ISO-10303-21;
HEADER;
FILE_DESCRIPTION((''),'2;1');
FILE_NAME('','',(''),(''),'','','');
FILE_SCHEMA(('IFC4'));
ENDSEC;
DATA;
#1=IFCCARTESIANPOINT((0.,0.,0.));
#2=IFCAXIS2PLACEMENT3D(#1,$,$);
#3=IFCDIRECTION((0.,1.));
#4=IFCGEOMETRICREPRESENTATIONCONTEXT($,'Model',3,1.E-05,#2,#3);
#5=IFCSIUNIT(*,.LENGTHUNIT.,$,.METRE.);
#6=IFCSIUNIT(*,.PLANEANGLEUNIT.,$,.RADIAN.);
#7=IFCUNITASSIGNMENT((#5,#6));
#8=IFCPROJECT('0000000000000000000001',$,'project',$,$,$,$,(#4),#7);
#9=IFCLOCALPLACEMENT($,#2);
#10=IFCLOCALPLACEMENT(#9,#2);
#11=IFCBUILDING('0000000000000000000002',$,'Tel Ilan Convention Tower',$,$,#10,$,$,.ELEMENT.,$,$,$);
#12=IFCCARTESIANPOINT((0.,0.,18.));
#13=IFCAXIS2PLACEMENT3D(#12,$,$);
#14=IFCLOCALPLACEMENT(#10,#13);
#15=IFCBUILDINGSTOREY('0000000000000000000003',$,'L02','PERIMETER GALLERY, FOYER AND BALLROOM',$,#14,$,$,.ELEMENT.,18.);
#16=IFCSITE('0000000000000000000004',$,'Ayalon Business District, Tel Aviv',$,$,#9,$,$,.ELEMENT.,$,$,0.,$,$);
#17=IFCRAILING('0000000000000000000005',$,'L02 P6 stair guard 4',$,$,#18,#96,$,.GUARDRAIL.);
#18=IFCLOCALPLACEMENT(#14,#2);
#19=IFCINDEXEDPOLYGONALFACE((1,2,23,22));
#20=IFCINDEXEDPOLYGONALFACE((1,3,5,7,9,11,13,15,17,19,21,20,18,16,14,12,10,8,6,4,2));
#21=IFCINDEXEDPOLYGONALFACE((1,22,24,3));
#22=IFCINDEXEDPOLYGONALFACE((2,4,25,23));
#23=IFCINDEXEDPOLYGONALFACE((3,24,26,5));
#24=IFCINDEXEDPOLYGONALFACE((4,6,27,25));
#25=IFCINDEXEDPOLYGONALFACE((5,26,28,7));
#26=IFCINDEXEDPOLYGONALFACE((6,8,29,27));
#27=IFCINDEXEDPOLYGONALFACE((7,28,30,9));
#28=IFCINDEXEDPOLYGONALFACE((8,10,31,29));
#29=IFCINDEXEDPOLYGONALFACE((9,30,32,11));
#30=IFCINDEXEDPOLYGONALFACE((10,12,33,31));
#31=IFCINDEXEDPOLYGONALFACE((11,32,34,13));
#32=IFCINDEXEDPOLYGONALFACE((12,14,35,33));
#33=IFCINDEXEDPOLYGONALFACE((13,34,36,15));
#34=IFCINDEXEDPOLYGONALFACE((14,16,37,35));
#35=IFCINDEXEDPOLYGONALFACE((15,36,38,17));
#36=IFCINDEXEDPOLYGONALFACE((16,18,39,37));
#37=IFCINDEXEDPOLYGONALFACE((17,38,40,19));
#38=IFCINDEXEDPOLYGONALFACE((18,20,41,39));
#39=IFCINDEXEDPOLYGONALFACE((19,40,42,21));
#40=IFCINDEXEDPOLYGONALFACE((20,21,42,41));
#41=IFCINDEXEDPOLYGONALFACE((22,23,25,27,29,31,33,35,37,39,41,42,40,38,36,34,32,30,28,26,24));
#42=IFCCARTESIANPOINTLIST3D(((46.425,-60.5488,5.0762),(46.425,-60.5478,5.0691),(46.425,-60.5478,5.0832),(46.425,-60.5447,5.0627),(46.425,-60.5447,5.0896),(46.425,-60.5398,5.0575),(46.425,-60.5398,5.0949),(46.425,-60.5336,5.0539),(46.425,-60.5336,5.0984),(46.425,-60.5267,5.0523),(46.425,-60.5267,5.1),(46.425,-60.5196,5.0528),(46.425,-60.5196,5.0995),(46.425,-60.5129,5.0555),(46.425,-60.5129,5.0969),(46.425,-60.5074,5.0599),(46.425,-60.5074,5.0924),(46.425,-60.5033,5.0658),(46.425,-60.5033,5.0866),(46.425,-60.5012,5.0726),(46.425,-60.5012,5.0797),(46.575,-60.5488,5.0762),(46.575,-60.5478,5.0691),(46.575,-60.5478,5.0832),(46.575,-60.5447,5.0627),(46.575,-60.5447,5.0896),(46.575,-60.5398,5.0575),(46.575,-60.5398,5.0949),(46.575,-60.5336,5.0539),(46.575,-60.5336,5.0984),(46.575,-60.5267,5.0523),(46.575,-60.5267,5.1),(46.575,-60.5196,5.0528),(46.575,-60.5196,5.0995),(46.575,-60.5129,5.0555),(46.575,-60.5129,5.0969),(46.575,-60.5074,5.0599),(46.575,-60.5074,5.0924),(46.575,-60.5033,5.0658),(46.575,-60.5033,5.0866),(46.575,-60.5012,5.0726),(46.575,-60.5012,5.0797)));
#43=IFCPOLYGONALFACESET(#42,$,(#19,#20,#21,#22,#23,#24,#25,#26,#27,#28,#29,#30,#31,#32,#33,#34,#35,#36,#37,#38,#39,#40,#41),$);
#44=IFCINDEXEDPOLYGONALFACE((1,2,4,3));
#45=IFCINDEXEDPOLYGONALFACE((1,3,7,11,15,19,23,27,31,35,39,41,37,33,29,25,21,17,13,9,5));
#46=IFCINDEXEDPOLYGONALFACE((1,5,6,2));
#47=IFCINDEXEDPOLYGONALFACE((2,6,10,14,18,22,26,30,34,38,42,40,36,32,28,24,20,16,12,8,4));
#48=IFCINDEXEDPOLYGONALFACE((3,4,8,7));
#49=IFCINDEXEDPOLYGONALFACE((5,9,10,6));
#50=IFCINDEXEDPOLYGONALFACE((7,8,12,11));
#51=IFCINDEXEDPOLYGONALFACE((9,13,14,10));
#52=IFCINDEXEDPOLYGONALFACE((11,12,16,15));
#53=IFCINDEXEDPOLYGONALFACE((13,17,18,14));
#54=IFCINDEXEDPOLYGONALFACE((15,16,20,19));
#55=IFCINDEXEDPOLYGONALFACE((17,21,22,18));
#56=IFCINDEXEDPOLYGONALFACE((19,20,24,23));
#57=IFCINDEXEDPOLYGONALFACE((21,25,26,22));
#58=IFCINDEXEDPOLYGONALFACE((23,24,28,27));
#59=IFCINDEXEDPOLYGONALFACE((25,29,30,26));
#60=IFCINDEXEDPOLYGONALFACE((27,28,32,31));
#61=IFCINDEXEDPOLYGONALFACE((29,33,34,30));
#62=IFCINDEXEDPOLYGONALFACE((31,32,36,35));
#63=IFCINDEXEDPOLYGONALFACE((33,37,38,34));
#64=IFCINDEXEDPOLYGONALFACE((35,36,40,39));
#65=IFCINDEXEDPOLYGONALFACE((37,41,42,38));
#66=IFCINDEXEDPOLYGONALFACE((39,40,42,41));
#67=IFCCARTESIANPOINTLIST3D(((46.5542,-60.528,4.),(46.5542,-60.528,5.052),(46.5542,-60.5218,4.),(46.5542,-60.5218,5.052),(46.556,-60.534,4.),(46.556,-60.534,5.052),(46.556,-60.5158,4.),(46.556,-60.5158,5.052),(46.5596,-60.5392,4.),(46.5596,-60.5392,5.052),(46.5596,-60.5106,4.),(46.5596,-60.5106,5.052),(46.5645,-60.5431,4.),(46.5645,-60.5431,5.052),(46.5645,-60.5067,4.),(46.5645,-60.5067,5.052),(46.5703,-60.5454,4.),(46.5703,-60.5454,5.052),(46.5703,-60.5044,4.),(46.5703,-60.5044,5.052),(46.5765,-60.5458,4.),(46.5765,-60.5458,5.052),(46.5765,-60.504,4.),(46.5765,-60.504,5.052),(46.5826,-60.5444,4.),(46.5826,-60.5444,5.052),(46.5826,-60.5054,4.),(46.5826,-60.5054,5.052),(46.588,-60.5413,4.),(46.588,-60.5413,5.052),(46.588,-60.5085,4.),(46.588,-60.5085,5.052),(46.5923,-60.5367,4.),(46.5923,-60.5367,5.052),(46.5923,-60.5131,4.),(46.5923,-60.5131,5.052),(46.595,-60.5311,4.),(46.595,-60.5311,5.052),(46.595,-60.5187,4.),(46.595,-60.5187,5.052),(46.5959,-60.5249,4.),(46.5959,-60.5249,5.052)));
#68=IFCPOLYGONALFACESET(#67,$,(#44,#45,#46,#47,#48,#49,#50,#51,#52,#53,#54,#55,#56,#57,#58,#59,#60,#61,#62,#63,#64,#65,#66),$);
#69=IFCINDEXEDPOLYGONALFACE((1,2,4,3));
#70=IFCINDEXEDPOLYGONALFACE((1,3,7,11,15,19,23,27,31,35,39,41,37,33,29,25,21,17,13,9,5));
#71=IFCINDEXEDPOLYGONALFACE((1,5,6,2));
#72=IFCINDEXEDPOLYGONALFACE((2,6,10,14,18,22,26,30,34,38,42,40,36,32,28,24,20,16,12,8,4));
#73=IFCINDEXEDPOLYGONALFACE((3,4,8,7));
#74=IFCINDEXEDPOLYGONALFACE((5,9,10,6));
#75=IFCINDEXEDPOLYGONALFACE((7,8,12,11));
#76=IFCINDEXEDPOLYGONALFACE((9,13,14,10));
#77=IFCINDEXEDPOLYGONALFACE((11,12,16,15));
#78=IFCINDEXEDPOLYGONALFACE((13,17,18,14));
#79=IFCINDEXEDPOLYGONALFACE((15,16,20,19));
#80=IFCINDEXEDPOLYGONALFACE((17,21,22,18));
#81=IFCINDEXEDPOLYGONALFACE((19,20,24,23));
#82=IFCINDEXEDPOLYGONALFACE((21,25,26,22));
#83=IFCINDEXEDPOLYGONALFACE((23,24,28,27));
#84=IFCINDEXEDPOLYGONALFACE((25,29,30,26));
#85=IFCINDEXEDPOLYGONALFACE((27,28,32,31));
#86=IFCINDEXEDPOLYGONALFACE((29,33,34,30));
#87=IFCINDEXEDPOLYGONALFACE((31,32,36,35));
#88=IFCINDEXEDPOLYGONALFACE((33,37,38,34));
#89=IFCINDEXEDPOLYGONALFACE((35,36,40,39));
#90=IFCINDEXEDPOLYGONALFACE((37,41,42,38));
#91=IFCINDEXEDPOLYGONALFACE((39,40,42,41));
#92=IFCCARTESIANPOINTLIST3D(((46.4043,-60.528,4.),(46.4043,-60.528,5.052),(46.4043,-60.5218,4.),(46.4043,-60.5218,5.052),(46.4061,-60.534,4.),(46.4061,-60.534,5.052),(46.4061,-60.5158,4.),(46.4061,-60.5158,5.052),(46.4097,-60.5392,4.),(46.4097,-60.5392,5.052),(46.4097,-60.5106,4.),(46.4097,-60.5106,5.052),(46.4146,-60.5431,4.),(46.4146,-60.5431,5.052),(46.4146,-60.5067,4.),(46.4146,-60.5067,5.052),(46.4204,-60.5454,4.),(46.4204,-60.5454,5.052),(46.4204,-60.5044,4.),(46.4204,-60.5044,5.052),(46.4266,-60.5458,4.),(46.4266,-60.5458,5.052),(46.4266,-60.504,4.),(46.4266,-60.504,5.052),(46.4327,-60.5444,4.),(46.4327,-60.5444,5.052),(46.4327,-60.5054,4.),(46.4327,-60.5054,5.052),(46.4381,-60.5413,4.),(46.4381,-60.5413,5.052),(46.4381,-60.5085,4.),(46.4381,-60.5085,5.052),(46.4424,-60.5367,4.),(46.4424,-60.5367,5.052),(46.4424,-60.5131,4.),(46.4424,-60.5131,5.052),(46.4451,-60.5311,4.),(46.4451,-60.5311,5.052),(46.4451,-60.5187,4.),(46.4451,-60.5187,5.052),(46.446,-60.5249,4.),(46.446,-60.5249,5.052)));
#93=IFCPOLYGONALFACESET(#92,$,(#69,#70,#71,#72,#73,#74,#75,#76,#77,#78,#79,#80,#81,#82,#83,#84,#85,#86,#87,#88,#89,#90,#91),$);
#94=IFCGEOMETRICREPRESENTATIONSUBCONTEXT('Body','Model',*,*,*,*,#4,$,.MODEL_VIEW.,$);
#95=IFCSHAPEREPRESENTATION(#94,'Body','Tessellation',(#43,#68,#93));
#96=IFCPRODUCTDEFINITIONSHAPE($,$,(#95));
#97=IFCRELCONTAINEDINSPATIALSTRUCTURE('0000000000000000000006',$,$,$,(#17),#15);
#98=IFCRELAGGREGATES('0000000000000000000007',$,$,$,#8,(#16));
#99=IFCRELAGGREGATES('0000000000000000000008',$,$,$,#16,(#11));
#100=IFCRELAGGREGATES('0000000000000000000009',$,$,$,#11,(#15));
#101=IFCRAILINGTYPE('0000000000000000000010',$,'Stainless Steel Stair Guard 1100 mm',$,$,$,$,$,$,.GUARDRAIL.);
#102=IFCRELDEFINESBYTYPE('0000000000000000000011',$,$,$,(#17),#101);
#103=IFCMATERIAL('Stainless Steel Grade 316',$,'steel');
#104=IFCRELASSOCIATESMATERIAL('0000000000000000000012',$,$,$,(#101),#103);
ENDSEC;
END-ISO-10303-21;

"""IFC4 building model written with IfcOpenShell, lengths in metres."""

from ifc_helpers import new_model, si_unit, direction, frame, origin, origin_2d, place, context, subcontext, project, spatial, circle, extrude, material, type_object, element, save


model = new_model("IFC4")

# Units and contexts
model_context = context("Model", 3, precision=1e-05, world=origin(), true_north=direction((0.0, 1.0)))
body_context = subcontext(model_context, "Body", "Model", "MODEL_VIEW")
ifc_project = project(units=[si_unit("LENGTHUNIT", "METRE"), si_unit("PLANEANGLEUNIT", "RADIAN")], contexts=[model_context])

# Site, building, storey
site_placement = place(None, origin())
site = spatial("IfcSite", under=ifc_project, at=site_placement, Name="Ayalon Business District, Tel Aviv", CompositionType="ELEMENT", RefElevation=0.0)
building_placement = place(site_placement, origin())
building = spatial("IfcBuilding", under=site, at=building_placement, Name="Tel Ilan Convention Tower", CompositionType="ELEMENT")
storey_placement = place(building_placement, frame((0.0, 0.0, 18.0)))
storey = spatial("IfcBuildingStorey", under=building, at=storey_placement, Name="L02", Description="PERIMETER GALLERY, FOYER AND BALLROOM", CompositionType="ELEMENT", Elevation=18.0)

# Railing
ifc_material_1 = material(Name="Stainless Steel Grade 316", Category="steel")
railing_type_1 = type_object("IfcRailingType", Name="Stainless Steel Stair Guard 1100 mm", PredefinedType="GUARDRAIL", material=ifc_material_1)
railing_1_placement = place(storey_placement, frame((46.575, -60.5249, 4.0)))
element("IfcRailing", 1, at=railing_1_placement, inside=storey, type_object=railing_type_1, Name="L02 P6 stair guard 4", PredefinedType="GUARDRAIL", context=body_context, shape_type="SweptSolid", body=[
    extrude(circle(Radius=0.0239, at=origin_2d()), frame((0.0, 0.0, 1.0762), z_axis=(-1.0, 0.0, 0.0), x_axis=(0.0, -1.0, 0.0)), (0.0, 0.0, 1.0), 0.1499),
    extrude(circle(Radius=0.021, at=origin_2d()), origin(), (0.0, 0.0, 1.0), 1.052),
    extrude(circle(Radius=0.021, at=origin_2d()), frame((-0.1499, 0.0, 0.0)), (0.0, 0.0, 1.0), 1.052),
])

save(model, "model.ifc")
